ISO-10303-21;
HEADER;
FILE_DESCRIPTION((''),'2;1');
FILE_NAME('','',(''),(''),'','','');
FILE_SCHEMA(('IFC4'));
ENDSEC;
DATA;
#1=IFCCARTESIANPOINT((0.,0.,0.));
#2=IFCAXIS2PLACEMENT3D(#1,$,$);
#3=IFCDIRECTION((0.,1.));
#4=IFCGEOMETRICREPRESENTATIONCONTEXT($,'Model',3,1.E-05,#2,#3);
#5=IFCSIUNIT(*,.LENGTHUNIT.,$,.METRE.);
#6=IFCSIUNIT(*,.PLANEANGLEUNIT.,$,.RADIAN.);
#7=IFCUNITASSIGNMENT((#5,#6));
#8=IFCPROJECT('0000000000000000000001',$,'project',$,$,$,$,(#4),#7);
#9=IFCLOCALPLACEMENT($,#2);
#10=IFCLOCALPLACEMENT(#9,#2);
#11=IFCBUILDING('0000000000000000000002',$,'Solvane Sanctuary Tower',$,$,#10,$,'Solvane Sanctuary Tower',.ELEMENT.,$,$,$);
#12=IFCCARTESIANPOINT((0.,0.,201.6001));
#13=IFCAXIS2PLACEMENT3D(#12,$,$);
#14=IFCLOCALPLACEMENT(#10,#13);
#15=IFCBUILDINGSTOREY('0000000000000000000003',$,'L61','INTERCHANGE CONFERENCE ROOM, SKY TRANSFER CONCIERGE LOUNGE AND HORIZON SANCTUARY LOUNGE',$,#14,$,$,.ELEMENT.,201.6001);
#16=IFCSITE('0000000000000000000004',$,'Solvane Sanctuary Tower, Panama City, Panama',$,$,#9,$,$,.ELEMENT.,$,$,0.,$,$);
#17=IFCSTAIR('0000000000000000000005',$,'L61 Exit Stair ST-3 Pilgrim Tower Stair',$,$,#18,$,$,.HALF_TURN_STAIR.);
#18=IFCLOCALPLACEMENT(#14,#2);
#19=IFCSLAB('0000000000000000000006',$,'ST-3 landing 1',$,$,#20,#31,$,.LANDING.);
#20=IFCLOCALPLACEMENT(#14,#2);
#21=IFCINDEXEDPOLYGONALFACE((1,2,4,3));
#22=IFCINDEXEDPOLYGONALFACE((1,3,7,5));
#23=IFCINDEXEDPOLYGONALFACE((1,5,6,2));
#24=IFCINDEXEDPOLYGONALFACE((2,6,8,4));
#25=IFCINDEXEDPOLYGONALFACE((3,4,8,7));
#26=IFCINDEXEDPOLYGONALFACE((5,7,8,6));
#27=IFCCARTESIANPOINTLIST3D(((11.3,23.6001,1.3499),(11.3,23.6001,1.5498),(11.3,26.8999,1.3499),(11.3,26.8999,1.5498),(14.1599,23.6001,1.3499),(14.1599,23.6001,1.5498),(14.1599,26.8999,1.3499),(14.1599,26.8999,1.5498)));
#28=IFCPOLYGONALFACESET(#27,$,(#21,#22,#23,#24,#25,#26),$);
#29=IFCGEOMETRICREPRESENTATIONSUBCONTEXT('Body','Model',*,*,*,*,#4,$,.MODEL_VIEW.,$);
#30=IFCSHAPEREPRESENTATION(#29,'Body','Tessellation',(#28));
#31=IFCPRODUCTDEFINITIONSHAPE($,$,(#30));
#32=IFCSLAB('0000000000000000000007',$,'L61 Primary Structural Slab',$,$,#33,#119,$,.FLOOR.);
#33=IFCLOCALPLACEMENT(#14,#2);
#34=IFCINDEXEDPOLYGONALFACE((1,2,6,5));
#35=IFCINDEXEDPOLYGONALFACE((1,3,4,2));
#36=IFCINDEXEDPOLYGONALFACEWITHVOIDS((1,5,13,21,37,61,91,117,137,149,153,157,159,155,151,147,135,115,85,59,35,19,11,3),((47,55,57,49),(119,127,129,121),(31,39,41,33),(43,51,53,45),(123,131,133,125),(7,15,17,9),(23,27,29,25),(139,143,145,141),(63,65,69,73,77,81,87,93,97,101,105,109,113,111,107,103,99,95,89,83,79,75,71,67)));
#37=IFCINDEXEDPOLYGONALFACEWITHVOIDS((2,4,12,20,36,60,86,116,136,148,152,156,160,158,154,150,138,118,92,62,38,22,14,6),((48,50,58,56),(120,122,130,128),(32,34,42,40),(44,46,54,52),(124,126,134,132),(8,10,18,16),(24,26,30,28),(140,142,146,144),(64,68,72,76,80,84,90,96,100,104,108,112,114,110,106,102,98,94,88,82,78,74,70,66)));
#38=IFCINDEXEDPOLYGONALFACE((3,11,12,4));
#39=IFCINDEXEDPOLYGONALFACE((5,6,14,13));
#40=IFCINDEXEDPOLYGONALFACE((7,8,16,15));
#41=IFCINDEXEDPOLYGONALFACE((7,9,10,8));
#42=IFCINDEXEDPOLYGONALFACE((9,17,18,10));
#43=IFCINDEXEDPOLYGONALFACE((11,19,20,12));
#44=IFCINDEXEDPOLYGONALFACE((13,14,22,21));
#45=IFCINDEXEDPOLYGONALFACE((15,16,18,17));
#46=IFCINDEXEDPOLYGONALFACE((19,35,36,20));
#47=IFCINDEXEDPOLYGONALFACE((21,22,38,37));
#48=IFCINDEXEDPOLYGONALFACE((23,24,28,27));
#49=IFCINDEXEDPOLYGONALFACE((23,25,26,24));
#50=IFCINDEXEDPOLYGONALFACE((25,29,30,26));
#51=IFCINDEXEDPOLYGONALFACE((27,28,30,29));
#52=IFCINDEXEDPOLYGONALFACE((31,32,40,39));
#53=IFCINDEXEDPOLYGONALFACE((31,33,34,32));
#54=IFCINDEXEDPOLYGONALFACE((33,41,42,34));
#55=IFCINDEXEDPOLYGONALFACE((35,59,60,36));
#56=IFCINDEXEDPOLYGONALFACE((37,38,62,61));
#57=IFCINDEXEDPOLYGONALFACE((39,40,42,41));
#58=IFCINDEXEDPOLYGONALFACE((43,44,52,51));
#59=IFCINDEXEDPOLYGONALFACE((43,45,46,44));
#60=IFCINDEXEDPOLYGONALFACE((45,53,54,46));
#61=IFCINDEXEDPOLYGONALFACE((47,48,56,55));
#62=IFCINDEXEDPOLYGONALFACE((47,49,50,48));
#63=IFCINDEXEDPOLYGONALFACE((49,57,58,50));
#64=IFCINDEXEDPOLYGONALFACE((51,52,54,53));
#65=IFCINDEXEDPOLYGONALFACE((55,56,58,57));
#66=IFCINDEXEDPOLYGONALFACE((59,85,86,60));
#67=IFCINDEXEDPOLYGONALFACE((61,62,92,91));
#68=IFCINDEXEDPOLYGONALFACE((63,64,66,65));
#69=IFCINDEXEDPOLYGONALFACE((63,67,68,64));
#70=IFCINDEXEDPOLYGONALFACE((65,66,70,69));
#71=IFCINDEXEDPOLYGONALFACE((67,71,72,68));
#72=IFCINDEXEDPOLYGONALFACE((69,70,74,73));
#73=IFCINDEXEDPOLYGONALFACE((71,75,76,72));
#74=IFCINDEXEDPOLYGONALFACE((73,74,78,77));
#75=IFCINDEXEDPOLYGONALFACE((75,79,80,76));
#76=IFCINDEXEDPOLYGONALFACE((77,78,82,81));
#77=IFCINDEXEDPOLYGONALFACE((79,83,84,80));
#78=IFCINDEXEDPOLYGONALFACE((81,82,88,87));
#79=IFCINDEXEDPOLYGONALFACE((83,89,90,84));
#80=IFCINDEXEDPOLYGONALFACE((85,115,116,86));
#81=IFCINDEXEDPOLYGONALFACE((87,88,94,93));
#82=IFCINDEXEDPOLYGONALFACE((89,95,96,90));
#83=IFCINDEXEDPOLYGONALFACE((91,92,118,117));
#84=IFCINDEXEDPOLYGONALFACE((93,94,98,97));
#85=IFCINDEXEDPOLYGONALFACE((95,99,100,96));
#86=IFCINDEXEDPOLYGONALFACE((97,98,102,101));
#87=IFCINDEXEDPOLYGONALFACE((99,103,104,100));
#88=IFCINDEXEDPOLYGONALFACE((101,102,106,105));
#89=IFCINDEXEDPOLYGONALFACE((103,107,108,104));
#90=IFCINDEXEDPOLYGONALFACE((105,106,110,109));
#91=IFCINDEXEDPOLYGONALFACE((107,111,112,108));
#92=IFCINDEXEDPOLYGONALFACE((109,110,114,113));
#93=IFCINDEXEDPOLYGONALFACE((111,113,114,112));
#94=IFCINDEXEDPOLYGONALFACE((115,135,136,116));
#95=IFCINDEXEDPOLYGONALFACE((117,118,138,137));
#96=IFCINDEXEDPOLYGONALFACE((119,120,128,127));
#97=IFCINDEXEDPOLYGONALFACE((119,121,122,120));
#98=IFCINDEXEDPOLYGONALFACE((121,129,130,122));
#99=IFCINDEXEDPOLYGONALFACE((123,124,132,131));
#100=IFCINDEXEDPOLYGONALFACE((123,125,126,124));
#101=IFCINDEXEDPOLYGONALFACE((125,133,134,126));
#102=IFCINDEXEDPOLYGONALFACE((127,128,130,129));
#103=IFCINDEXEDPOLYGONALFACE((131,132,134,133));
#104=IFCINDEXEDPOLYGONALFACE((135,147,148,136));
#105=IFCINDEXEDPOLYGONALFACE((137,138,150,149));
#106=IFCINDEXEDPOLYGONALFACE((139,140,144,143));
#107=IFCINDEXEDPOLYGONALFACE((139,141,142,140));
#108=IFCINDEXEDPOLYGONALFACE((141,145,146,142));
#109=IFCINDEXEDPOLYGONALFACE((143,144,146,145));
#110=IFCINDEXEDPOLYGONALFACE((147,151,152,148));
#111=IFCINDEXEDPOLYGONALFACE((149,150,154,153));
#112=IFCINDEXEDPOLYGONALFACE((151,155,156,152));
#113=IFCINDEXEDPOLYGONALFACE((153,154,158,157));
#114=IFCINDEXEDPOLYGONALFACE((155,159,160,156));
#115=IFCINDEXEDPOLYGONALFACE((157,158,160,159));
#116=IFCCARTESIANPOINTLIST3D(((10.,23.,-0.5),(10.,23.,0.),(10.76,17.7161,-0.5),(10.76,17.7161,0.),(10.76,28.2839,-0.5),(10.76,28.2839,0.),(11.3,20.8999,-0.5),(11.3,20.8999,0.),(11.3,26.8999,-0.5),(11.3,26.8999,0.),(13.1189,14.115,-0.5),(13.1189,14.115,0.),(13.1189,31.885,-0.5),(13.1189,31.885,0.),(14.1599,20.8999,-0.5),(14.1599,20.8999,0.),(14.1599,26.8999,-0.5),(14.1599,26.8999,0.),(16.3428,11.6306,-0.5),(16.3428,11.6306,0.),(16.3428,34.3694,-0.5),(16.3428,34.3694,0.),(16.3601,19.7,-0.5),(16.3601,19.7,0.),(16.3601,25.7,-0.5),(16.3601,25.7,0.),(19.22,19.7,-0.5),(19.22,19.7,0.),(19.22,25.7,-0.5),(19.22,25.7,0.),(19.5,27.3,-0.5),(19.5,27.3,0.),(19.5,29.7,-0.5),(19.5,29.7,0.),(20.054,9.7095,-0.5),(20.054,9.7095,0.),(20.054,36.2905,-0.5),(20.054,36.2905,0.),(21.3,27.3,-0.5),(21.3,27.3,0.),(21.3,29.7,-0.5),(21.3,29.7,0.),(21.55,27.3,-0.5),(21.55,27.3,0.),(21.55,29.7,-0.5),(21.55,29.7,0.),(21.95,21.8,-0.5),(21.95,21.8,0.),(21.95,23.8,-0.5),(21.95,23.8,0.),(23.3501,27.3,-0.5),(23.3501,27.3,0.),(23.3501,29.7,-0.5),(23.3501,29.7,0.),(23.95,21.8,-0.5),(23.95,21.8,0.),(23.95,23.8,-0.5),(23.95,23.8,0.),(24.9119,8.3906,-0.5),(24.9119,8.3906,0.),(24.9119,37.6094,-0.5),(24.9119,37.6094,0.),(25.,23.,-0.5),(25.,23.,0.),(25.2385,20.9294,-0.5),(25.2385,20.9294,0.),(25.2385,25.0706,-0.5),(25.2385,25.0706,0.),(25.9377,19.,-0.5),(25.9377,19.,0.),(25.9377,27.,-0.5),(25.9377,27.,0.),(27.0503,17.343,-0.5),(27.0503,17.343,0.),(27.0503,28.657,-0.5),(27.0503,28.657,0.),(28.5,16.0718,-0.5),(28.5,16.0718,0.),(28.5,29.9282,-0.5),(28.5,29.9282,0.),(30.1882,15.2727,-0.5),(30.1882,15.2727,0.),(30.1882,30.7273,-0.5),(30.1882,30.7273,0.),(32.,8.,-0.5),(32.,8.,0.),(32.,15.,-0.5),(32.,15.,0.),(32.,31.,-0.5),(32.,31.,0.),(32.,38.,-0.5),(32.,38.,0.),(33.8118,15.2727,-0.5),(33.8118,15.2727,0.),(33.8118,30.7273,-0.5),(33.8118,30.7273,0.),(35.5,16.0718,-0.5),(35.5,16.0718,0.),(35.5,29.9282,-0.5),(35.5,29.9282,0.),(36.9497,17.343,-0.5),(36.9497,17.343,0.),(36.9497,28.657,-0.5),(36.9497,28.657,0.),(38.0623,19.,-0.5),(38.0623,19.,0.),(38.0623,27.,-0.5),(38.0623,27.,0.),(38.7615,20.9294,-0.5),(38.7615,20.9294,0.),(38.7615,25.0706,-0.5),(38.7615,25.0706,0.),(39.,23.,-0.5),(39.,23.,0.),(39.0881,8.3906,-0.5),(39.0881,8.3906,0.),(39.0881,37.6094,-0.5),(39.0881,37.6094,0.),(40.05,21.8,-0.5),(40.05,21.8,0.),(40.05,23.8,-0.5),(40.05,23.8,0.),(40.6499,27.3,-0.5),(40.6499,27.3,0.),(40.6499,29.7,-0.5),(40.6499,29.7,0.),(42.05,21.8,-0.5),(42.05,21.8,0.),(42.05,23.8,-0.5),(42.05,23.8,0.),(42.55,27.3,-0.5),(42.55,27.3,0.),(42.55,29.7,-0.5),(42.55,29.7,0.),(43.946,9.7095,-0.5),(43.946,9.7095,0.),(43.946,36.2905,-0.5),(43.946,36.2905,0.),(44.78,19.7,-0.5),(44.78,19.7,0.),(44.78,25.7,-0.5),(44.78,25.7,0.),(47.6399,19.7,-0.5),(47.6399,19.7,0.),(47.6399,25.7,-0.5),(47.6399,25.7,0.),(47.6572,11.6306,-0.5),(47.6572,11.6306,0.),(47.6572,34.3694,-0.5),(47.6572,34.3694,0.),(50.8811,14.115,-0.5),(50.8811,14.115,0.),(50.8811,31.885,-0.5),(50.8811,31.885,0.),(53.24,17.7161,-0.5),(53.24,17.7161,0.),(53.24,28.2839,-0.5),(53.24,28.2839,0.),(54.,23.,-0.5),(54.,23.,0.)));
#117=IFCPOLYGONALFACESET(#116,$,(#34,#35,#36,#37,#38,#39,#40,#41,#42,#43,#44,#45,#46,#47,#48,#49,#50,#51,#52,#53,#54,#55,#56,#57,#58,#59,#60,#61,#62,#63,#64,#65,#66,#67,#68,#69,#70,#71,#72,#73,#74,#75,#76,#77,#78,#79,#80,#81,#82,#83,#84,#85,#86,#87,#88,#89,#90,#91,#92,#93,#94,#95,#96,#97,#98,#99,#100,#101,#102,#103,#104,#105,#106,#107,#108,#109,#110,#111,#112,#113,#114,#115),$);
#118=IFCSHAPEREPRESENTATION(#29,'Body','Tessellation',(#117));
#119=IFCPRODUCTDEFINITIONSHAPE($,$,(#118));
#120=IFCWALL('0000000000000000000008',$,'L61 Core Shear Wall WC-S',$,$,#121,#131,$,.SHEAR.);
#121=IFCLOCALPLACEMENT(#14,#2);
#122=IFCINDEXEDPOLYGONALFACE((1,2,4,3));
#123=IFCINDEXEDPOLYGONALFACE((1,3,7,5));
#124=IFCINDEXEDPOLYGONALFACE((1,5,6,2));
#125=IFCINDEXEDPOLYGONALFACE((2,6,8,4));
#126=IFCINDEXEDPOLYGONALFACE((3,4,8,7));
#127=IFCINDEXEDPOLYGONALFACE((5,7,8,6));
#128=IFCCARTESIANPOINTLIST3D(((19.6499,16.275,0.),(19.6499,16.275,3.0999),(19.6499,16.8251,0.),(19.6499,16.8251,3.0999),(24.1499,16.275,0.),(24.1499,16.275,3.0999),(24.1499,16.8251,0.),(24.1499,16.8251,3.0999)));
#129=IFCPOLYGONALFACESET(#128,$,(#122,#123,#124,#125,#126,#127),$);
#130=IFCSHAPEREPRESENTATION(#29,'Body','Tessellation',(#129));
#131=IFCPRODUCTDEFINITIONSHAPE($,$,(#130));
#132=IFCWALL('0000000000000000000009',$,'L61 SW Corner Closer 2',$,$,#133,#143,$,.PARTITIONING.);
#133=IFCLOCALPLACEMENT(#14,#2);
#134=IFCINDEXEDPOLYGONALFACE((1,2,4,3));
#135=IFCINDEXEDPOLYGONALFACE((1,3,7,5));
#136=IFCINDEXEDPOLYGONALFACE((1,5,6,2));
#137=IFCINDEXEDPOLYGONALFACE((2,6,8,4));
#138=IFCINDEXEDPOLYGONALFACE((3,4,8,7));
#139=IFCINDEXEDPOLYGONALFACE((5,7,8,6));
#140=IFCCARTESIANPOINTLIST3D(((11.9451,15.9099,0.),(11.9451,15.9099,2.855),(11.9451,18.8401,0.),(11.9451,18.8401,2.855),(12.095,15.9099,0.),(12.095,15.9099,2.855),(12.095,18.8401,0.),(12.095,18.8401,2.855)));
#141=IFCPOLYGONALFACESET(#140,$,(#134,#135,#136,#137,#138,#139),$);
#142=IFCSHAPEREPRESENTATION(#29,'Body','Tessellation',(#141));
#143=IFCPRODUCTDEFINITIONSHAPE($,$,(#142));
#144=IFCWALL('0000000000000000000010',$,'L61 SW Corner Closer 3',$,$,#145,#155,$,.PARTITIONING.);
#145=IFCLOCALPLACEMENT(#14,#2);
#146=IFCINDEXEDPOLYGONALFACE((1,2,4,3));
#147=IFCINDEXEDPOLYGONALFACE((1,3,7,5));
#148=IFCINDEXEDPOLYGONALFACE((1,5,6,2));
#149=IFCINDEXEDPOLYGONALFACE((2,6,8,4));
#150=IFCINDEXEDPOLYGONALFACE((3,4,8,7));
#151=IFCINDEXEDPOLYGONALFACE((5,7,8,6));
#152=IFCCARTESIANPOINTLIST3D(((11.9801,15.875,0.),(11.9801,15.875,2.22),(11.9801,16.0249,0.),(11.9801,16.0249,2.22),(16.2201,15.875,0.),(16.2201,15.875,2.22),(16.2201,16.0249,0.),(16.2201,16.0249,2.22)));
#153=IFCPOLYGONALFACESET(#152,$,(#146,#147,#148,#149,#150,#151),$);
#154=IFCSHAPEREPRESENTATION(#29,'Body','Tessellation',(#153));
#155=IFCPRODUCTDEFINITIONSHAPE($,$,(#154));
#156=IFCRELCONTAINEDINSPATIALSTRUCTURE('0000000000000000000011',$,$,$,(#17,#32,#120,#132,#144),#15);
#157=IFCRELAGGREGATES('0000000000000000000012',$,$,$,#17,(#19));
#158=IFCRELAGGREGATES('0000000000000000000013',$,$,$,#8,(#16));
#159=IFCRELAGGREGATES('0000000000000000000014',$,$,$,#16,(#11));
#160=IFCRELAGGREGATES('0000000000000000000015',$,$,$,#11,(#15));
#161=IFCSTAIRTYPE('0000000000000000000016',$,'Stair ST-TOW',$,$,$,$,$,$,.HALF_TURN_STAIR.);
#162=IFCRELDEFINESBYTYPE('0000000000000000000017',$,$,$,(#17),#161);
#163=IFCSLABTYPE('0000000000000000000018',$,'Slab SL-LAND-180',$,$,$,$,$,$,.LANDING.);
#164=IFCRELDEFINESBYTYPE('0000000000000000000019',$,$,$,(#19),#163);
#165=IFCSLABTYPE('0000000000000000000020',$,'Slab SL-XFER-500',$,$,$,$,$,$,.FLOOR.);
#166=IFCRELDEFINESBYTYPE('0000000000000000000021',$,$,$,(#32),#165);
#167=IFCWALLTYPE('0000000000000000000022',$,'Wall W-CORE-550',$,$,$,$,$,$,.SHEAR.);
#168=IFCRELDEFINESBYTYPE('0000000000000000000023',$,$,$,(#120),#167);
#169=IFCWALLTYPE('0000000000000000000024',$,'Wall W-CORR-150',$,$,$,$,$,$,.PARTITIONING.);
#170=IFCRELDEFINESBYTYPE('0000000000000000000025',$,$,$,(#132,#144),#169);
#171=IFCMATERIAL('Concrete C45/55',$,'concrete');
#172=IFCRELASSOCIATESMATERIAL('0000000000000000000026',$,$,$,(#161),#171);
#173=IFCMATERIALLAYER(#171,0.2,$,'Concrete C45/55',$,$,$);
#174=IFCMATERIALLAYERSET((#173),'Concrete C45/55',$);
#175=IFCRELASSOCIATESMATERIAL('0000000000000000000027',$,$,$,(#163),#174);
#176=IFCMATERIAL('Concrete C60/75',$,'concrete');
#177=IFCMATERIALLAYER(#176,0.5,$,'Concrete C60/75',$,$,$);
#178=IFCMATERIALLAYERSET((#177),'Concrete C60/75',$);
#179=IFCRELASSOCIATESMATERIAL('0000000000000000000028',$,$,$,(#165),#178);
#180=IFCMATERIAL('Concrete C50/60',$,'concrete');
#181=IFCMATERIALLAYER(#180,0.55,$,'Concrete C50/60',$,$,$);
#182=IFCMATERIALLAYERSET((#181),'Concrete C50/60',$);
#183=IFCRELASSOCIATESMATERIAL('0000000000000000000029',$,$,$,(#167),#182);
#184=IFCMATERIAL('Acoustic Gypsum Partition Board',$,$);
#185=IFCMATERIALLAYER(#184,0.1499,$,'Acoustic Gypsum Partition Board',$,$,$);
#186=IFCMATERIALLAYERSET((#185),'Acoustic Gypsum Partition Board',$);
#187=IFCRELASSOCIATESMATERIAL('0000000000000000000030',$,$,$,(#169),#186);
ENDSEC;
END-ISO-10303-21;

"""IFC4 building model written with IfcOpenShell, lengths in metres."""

from ifc_helpers import new_model, si_unit, direction, frame, frame_2d, origin, place, context, subcontext, project, spatial, polyline, rectangle, outline, extrude, material, layer, layer_set, type_object, element, aggregate, save


model = new_model("IFC4")

# Units and contexts
model_context = context("Model", 3, precision=1e-05, world=origin(), true_north=direction((0.0, 1.0)))
body_context = subcontext(model_context, "Body", "Model", "MODEL_VIEW")
ifc_project = project(units=[si_unit("LENGTHUNIT", "METRE"), si_unit("PLANEANGLEUNIT", "RADIAN")], contexts=[model_context])

# Site, building, storey
site_placement = place(None, origin())
site = spatial("IfcSite", under=ifc_project, at=site_placement, Name="Solvane Sanctuary Tower, Panama City, Panama", CompositionType="ELEMENT", RefElevation=0.0)
building_placement = place(site_placement, origin())
building = spatial("IfcBuilding", under=site, at=building_placement, Name="Solvane Sanctuary Tower", LongName="Solvane Sanctuary Tower", CompositionType="ELEMENT")
storey_placement = place(building_placement, frame((0.0, 0.0, 201.6001)))
storey = spatial("IfcBuildingStorey", under=building, at=storey_placement, Name="L61", Description="INTERCHANGE CONFERENCE ROOM, SKY TRANSFER CONCIERGE LOUNGE AND HORIZON SANCTUARY LOUNGE", CompositionType="ELEMENT", Elevation=201.6001)

# Shared definitions
ifc_material_1 = material(Name="Concrete C50/60", Category="concrete")

# Stair, slab
ifc_material_2 = material(Name="Concrete C45/55", Category="concrete")
stair_type = type_object("IfcStairType", Name="Stair ST-TOW", PredefinedType="HALF_TURN_STAIR", material=ifc_material_2)
ifc_layer_1 = layer(ifc_material_2, 0.2, Name="Concrete C45/55")
ifc_layer_set_1 = layer_set([ifc_layer_1], Name="Concrete C45/55")
slab_type_1 = type_object("IfcSlabType", Name="Slab SL-LAND-180", PredefinedType="LANDING", material=ifc_layer_set_1)
stair_1_placement = place(storey_placement, origin())
stair_1 = element("IfcStair", 1, at=stair_1_placement, inside=storey, type_object=stair_type, Name="L61 Exit Stair ST-3 Pilgrim Tower Stair", PredefinedType="HALF_TURN_STAIR")
slab_1_placement = place(storey_placement, frame((0.0, 0.0, 1.3499)))
slab_1 = element("IfcSlab", 2, at=slab_1_placement, type_object=slab_type_1, Name="ST-3 landing 1", PredefinedType="LANDING", context=body_context, shape_type="SweptSolid", body=[
    extrude(outline(polyline([(14.1599, 23.6001), (14.1599, 26.8999), (11.3, 26.8999), (11.3, 23.6001), (14.1599, 23.6001)])), origin(), (0.0, 0.0, 1.0), 0.2),
])
aggregate(stair_1, [slab_1])

# Slab
ifc_material_3 = material(Name="Concrete C60/75", Category="concrete")
ifc_layer_2 = layer(ifc_material_3, 0.5, Name="Concrete C60/75")
ifc_layer_set_2 = layer_set([ifc_layer_2], Name="Concrete C60/75")
slab_type_2 = type_object("IfcSlabType", Name="Slab SL-XFER-500", PredefinedType="FLOOR", material=ifc_layer_set_2)
slab_2_placement = place(storey_placement, frame((0.0, 0.0, -0.5)))
element("IfcSlab", 3, at=slab_2_placement, inside=storey, type_object=slab_type_2, Name="L61 Primary Structural Slab", PredefinedType="FLOOR", context=body_context, shape_type="SweptSolid", body=[
    extrude(outline(polyline([(54.0, 23.0), (53.24, 28.2839), (50.8811, 31.885), (47.6572, 34.3694), (43.946, 36.2905), (39.0881, 37.6094), (32.0, 38.0), (24.9119, 37.6094), (20.054, 36.2905), (16.3428, 34.3694), (13.1189, 31.885), (10.76, 28.2839), (10.0, 23.0), (10.76, 17.7161), (13.1189, 14.115), (16.3428, 11.6306), (20.054, 9.7095), (24.9119, 8.3906), (32.0, 8.0), (39.0881, 8.3906), (43.946, 9.7095), (47.6572, 11.6306), (50.8811, 14.115), (53.24, 17.7161), (54.0, 23.0)]), holes=[polyline([(38.7615, 20.9294), (38.0623, 19.0), (36.9497, 17.343), (35.5, 16.0718), (33.8118, 15.2727), (32.0, 15.0), (30.1882, 15.2727), (28.5, 16.0718), (27.0503, 17.343), (25.9377, 19.0), (25.2385, 20.9294), (25.0, 23.0), (25.2385, 25.0706), (25.9377, 27.0), (27.0503, 28.657), (28.5, 29.9282), (30.1882, 30.7273), (32.0, 31.0), (33.8118, 30.7273), (35.5, 29.9282), (36.9497, 28.657), (38.0623, 27.0), (38.7615, 25.0706), (39.0, 23.0), (38.7615, 20.9294)]), polyline([(16.3601, 19.7), (16.3601, 25.7), (19.22, 25.7), (19.22, 19.7), (16.3601, 19.7)]), polyline([(44.78, 19.7), (44.78, 25.7), (47.6399, 25.7), (47.6399, 19.7), (44.78, 19.7)]), polyline([(11.3, 20.8999), (11.3, 26.8999), (14.1599, 26.8999), (14.1599, 20.8999), (11.3, 20.8999)]), polyline([(21.95, 23.8), (23.95, 23.8), (23.95, 21.8), (21.95, 21.8), (21.95, 23.8)]), polyline([(40.05, 23.8), (42.05, 23.8), (42.05, 21.8), (40.05, 21.8), (40.05, 23.8)]), polyline([(19.5, 29.7), (21.3, 29.7), (21.3, 27.3), (19.5, 27.3), (19.5, 29.7)]), polyline([(21.55, 29.7), (23.3501, 29.7), (23.3501, 27.3), (21.55, 27.3), (21.55, 29.7)]), polyline([(40.6499, 29.7), (42.55, 29.7), (42.55, 27.3), (40.6499, 27.3), (40.6499, 29.7)])]), origin(), (0.0, 0.0, 1.0), 0.5),
])

# Walls
ifc_layer_3 = layer(ifc_material_1, 0.55, Name="Concrete C50/60")
ifc_layer_set_3 = layer_set([ifc_layer_3], Name="Concrete C50/60")
wall_type_1 = type_object("IfcWallType", Name="Wall W-CORE-550", PredefinedType="SHEAR", material=ifc_layer_set_3)
wall_1_placement = place(storey_placement, frame((19.6499, 16.55, 0.0), z_axis=(0.0, 0.0, 1.0), x_axis=(1.0, 0.0, 0.0)))
element("IfcWall", 4, at=wall_1_placement, inside=storey, type_object=wall_type_1, Name="L61 Core Shear Wall WC-S", PredefinedType="SHEAR", context=body_context, shape_type="SweptSolid", body=[
    extrude(rectangle(XDim=4.5, YDim=0.55, at=frame_2d((2.25, 0.0))), origin(), (0.0, 0.0, 1.0), 3.0999),
])
ifc_material_4 = material(Name="Acoustic Gypsum Partition Board")
ifc_layer_4 = layer(ifc_material_4, 0.1499, Name="Acoustic Gypsum Partition Board")
ifc_layer_set_4 = layer_set([ifc_layer_4], Name="Acoustic Gypsum Partition Board")
wall_type_2 = type_object("IfcWallType", Name="Wall W-CORR-150", PredefinedType="PARTITIONING", material=ifc_layer_set_4)
wall_2_placement = place(storey_placement, frame((12.02, 15.9099, 0.0), z_axis=(0.0, 0.0, 1.0), x_axis=(0.0, 1.0, 0.0)))
element("IfcWall", 5, at=wall_2_placement, inside=storey, type_object=wall_type_2, Name="L61 SW Corner Closer 2", PredefinedType="PARTITIONING", context=body_context, shape_type="SweptSolid", body=[
    extrude(rectangle(XDim=2.9302, YDim=0.1499, at=frame_2d((1.4651, 0.0))), origin(), (0.0, 0.0, 1.0), 2.855),
])
wall_3_placement = place(storey_placement, frame((11.98, 15.95, 0.0), z_axis=(0.0, 0.0, 1.0), x_axis=(1.0, 0.0, 0.0)))
element("IfcWall", 6, at=wall_3_placement, inside=storey, type_object=wall_type_2, Name="L61 SW Corner Closer 3", PredefinedType="PARTITIONING", context=body_context, shape_type="SweptSolid", body=[
    extrude(rectangle(XDim=4.24, YDim=0.1499, at=frame_2d((2.1201, 0.0))), origin(), (0.0, 0.0, 1.0), 2.22),
])

save(model, "model.ifc")
